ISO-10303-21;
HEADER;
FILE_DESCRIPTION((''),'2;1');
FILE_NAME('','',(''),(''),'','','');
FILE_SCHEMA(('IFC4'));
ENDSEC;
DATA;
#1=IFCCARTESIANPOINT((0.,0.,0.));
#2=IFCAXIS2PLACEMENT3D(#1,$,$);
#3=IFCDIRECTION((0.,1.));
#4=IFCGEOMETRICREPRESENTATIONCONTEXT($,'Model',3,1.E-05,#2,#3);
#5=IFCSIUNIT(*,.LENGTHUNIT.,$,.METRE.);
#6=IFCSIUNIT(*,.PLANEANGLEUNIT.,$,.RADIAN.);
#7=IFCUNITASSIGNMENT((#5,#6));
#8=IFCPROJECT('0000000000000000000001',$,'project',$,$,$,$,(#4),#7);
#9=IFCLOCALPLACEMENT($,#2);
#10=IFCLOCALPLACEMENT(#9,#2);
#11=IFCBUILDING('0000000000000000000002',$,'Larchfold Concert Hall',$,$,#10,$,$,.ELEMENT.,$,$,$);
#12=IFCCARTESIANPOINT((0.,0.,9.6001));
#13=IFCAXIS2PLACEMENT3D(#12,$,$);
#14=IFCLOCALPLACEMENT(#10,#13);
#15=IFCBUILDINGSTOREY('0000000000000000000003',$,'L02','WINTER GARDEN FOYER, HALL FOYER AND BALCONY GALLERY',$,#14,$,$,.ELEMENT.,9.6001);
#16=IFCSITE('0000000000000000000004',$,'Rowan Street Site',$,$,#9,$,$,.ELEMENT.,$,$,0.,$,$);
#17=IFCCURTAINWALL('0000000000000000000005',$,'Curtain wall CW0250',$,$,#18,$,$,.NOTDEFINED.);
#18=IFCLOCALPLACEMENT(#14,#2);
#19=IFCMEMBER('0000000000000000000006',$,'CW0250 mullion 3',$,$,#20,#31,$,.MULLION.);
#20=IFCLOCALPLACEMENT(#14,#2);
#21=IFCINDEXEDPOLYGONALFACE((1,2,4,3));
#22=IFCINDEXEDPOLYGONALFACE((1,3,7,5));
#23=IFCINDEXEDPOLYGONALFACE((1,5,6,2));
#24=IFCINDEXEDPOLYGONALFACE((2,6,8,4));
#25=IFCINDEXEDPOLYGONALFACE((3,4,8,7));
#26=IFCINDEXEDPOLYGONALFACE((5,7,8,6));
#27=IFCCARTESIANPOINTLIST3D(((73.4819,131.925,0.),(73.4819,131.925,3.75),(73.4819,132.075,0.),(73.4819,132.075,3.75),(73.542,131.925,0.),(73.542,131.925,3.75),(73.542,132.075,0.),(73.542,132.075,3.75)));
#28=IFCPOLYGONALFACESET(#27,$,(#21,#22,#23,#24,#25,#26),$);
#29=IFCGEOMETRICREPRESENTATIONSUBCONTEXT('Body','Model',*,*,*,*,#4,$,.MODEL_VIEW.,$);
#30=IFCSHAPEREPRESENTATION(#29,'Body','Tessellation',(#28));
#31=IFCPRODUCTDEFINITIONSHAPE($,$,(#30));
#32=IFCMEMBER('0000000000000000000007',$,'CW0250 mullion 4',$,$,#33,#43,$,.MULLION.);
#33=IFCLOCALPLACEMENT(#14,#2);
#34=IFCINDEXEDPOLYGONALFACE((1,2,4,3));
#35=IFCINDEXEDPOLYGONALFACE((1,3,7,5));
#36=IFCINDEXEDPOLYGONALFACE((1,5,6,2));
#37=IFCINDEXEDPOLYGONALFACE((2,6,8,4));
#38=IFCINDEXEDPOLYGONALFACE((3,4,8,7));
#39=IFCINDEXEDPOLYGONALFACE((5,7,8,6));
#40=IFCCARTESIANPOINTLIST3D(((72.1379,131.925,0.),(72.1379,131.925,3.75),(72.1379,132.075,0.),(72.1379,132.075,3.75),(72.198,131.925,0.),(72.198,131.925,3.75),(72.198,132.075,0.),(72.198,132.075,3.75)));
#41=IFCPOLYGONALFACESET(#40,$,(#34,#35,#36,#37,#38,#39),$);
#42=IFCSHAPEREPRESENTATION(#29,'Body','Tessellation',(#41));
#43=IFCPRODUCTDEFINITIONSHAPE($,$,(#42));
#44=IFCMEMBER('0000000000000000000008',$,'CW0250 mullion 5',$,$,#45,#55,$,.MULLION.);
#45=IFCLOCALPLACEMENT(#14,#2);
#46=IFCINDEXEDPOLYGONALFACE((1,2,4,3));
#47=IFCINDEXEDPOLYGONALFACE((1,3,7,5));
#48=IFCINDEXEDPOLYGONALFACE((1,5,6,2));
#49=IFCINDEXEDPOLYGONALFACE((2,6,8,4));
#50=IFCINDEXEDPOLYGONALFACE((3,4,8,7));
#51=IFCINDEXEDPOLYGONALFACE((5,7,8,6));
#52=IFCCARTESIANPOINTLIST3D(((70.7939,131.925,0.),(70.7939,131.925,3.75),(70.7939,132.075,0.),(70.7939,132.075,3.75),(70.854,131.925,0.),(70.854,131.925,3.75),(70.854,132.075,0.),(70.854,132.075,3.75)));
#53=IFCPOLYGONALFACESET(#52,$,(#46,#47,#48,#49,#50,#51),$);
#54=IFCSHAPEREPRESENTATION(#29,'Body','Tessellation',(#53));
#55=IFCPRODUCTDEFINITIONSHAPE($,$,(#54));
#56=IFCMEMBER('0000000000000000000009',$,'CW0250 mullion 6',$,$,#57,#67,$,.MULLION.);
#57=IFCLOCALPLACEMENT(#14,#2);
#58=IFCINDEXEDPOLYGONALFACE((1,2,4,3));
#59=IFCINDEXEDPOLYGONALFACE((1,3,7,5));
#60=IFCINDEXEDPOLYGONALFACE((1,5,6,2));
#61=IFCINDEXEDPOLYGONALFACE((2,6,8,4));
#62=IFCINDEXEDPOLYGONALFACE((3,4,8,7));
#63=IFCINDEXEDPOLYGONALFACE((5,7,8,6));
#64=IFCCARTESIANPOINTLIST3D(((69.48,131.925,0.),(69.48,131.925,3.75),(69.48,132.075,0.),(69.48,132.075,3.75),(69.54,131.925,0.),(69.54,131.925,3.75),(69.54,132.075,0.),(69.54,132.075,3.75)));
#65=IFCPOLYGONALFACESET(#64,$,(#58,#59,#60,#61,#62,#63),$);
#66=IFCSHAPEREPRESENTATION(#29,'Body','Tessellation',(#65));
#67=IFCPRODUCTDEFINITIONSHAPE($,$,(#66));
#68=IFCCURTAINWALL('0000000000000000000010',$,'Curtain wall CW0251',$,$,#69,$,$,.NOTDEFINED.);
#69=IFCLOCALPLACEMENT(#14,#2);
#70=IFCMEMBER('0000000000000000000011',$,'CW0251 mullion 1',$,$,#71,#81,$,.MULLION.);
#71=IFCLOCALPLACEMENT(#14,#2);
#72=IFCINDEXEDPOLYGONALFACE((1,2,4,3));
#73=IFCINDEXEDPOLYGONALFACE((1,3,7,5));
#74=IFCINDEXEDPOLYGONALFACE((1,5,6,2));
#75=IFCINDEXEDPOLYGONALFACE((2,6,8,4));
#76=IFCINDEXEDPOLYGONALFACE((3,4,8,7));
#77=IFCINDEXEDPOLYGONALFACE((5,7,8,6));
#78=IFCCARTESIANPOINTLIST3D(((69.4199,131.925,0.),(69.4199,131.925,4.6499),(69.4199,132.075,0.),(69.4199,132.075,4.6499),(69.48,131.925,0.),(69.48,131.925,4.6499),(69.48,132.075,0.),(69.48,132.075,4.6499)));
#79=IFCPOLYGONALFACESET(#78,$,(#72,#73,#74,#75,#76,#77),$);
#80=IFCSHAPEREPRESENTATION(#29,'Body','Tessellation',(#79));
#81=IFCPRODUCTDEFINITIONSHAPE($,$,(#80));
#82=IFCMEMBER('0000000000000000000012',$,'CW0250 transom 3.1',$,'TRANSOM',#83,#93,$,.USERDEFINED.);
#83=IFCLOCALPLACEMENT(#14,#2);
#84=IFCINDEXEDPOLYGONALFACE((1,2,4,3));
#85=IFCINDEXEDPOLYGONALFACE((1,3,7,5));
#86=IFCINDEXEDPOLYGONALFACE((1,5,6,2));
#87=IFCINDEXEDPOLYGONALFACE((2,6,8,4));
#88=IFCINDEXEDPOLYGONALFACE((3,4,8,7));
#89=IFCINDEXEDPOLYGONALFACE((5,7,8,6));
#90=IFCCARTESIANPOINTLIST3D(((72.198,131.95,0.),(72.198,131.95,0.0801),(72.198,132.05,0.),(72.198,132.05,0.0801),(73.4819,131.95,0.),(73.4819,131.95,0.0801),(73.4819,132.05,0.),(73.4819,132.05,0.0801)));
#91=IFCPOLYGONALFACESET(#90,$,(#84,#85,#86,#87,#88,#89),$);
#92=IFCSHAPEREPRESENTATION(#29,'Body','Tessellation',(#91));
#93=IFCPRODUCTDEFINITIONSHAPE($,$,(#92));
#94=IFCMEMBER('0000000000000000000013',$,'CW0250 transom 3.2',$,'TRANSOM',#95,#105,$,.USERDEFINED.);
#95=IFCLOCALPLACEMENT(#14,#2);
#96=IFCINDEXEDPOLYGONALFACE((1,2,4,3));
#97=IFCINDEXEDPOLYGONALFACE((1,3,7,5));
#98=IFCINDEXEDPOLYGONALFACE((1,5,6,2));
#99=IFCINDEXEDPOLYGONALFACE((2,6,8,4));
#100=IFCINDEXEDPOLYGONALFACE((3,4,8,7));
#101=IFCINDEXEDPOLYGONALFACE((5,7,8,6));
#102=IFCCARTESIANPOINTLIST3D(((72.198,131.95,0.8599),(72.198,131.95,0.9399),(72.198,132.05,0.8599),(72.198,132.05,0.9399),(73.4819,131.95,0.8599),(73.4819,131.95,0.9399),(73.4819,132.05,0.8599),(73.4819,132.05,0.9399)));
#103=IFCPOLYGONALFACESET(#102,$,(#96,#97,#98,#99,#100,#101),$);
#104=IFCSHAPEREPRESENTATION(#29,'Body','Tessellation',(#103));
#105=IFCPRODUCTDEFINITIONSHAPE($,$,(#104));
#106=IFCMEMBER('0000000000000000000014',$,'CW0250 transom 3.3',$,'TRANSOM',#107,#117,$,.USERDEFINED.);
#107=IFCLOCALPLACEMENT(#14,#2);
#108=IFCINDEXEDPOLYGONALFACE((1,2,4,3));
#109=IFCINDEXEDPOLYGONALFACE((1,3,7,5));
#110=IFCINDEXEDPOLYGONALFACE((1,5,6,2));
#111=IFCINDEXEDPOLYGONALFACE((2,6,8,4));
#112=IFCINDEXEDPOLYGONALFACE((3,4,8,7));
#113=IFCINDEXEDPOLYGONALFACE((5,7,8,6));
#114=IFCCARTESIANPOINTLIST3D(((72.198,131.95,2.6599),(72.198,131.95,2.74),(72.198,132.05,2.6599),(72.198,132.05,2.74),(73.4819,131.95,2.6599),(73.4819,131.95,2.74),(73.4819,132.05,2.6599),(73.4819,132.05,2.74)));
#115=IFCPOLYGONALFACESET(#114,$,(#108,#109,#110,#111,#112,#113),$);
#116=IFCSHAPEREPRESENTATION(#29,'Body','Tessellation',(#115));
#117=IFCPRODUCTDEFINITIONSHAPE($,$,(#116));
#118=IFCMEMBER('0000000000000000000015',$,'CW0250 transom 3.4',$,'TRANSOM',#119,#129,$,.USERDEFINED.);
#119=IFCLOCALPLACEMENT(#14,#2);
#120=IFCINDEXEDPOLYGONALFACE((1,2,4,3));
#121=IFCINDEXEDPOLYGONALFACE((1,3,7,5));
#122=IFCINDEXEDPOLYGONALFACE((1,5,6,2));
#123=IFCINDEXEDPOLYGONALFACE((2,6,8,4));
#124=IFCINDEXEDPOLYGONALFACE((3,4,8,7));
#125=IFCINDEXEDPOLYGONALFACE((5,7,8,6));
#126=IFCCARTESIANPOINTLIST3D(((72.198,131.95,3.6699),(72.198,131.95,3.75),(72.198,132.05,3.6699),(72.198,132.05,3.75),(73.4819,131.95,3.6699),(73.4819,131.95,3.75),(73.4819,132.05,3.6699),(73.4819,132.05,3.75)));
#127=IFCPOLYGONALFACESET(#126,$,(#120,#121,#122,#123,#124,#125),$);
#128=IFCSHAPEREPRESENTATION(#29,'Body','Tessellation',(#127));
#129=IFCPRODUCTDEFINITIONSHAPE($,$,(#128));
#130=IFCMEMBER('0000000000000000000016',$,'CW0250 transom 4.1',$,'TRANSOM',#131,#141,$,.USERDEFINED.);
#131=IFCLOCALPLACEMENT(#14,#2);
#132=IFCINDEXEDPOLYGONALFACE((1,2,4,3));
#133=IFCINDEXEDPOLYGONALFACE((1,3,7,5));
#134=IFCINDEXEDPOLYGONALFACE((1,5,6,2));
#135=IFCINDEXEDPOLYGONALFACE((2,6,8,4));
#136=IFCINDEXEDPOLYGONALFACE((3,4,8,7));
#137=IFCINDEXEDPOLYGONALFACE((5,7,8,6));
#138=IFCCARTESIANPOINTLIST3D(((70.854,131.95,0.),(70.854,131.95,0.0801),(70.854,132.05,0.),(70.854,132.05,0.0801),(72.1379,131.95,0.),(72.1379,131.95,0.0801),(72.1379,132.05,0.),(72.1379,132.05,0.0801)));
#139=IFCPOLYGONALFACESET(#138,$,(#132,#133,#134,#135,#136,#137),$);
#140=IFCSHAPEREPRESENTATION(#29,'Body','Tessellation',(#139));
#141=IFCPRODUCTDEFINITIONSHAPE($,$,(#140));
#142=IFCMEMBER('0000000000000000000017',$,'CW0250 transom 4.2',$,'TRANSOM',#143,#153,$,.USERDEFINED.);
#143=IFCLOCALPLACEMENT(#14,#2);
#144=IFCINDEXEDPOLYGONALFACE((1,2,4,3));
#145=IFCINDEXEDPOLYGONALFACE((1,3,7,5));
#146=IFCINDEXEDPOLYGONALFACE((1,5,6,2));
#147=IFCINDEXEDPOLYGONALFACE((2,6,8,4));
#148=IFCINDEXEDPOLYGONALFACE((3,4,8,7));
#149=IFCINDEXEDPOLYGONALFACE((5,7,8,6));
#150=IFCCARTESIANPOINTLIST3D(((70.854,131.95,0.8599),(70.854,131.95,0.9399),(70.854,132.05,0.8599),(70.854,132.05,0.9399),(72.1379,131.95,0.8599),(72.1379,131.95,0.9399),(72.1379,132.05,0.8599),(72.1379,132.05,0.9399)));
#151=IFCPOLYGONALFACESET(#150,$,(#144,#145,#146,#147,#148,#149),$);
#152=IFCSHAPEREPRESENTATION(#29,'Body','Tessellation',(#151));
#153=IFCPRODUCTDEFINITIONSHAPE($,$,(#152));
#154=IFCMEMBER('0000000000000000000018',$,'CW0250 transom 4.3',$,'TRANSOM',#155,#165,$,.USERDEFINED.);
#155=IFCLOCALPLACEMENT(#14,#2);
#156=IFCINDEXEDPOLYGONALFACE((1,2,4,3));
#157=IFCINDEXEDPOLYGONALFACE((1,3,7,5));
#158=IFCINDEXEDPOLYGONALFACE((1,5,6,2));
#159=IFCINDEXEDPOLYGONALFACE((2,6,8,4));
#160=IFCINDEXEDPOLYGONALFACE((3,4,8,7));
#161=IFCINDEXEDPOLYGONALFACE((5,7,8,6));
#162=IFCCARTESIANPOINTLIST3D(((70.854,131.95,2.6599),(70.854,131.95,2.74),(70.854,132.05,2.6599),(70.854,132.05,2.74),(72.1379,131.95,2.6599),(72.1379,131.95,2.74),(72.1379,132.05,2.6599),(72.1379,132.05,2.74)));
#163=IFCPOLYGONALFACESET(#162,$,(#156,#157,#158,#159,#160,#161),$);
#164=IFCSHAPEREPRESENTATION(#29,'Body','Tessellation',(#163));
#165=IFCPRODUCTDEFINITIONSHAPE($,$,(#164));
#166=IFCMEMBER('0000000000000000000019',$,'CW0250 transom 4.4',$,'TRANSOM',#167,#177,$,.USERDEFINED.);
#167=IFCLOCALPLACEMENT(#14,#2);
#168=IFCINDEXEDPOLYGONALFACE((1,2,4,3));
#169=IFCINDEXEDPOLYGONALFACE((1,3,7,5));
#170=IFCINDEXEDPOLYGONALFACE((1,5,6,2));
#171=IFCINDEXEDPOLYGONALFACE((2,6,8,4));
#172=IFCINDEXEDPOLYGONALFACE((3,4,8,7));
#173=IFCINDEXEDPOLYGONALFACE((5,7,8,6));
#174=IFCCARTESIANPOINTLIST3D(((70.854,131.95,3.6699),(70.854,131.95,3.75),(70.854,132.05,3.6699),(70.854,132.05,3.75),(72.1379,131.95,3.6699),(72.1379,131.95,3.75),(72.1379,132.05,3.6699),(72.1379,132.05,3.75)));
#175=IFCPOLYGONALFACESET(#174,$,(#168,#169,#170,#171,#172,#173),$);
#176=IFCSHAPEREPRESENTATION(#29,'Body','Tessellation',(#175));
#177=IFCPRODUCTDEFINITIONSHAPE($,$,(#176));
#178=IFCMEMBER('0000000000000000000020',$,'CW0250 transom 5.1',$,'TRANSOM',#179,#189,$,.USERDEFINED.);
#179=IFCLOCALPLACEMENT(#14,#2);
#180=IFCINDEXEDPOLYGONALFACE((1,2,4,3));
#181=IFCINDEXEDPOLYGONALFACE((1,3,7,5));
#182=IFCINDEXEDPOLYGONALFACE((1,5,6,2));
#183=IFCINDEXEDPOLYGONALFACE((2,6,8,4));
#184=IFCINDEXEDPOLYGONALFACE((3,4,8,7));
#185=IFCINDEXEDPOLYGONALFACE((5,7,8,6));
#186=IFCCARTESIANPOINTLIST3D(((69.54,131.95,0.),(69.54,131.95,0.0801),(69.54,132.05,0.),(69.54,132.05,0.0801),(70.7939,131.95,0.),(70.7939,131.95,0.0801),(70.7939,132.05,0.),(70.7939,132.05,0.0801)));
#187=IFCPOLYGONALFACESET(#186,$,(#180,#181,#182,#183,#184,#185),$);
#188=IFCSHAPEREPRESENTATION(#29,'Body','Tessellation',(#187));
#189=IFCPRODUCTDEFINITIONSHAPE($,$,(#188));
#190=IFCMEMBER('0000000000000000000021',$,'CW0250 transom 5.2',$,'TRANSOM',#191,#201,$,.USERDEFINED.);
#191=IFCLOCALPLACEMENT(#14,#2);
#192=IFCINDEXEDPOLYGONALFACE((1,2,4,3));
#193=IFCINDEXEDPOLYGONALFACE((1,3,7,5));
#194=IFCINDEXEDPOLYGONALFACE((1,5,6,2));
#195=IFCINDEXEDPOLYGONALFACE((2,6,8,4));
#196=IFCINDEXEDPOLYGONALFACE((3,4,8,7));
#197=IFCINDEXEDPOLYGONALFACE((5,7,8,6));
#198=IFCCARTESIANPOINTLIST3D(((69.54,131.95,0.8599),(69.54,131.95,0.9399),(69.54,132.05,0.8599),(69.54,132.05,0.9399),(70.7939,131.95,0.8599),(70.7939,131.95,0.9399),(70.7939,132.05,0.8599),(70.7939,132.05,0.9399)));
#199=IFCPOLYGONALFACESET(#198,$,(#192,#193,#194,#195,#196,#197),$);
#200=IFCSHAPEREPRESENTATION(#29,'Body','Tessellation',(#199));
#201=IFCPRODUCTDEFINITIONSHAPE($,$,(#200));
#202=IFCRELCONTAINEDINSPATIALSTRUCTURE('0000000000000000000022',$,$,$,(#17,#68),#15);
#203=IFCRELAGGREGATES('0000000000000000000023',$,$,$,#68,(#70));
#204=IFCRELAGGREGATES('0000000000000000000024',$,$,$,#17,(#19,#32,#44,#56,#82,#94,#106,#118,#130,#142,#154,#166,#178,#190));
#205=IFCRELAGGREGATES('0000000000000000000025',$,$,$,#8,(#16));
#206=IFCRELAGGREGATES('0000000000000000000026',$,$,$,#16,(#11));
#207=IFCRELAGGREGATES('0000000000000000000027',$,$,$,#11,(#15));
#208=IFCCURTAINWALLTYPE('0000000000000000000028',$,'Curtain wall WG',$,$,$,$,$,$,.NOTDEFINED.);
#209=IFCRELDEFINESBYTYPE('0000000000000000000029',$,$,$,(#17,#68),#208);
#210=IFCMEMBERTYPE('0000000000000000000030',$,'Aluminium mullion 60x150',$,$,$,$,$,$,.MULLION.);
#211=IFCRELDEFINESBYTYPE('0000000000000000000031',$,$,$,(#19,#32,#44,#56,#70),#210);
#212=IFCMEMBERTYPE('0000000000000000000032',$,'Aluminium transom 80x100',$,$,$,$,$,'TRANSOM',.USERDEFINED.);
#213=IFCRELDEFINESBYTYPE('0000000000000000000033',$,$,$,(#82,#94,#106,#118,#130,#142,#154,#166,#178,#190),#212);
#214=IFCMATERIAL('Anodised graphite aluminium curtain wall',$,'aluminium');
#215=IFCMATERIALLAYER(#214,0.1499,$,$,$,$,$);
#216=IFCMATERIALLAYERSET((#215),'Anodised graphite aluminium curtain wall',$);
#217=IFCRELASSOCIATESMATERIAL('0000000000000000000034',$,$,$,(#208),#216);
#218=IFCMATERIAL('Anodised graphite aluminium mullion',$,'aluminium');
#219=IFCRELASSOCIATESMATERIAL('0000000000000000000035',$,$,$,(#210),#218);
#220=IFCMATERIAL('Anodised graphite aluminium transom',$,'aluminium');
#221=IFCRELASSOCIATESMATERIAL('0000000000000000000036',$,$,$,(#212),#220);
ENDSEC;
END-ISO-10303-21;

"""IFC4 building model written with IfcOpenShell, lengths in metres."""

from ifc_helpers import new_model, si_unit, direction, frame, origin, origin_2d, place, context, subcontext, project, spatial, rectangle, extrude, material, layer, layer_set, material_profile, profile_set, type_object, element, aggregate, save


model = new_model("IFC4")

# Units and contexts
model_context = context("Model", 3, precision=1e-05, world=origin(), true_north=direction((0.0, 1.0)))
body_context = subcontext(model_context, "Body", "Model", "MODEL_VIEW")
ifc_project = project(units=[si_unit("LENGTHUNIT", "METRE"), si_unit("PLANEANGLEUNIT", "RADIAN")], contexts=[model_context])

# Site, building, storey
site_placement = place(None, origin())
site = spatial("IfcSite", under=ifc_project, at=site_placement, Name="Rowan Street Site", CompositionType="ELEMENT", RefElevation=0.0)
building_placement = place(site_placement, origin())
building = spatial("IfcBuilding", under=site, at=building_placement, Name="Larchfold Concert Hall", CompositionType="ELEMENT")
storey_placement = place(building_placement, frame((0.0, 0.0, 9.6001)))
storey = spatial("IfcBuildingStorey", under=building, at=storey_placement, Name="L02", Description="WINTER GARDEN FOYER, HALL FOYER AND BALCONY GALLERY", CompositionType="ELEMENT", Elevation=9.6001)

# Curtain wall, members
ifc_material_1 = material(Name="Anodised graphite aluminium curtain wall", Category="aluminium")
ifc_layer_1 = layer(ifc_material_1, 0.1499)
ifc_layer_set_1 = layer_set([ifc_layer_1], Name="Anodised graphite aluminium curtain wall")
curtain_wall_type = type_object("IfcCurtainWallType", Name="Curtain wall WG", PredefinedType="NOTDEFINED", material=ifc_layer_set_1)
curtain_wall_1_placement = place(storey_placement, origin())
curtain_wall_1 = element("IfcCurtainWall", 1, at=curtain_wall_1_placement, inside=storey, type_object=curtain_wall_type, Name="Curtain wall CW0250", PredefinedType="NOTDEFINED")
ifc_material_2 = material(Name="Anodised graphite aluminium mullion", Category="aluminium")
ifc_material_profile_1 = material_profile(ifc_material_2, rectangle(XDim=0.1499, YDim=0.0601, at=origin_2d()))
ifc_profile_set_1 = profile_set([ifc_material_profile_1], Name="Anodised graphite aluminium mullion")
member_type_1 = type_object("IfcMemberType", Name="Aluminium mullion 60x150", PredefinedType="MULLION", material=ifc_profile_set_1)
member_1_placement = place(storey_placement, frame((73.512, 132.0, 0.0), z_axis=(0.0, 0.0, 1.0), x_axis=(0.0, -1.0, 0.0)))
member_1 = element("IfcMember", 2, at=member_1_placement, type_object=member_type_1, Name="CW0250 mullion 3", PredefinedType="MULLION", context=body_context, shape_type="SweptSolid", body=[
    extrude(rectangle(XDim=0.1499, YDim=0.0601, at=origin_2d()), origin(), (0.0, 0.0, 1.0), 3.75),
])
member_2_placement = place(storey_placement, frame((72.168, 132.0, 0.0), z_axis=(0.0, 0.0, 1.0), x_axis=(0.0, -1.0, 0.0)))
member_2 = element("IfcMember", 3, at=member_2_placement, type_object=member_type_1, Name="CW0250 mullion 4", PredefinedType="MULLION", context=body_context, shape_type="SweptSolid", body=[
    extrude(rectangle(XDim=0.1499, YDim=0.0601, at=origin_2d()), origin(), (0.0, 0.0, 1.0), 3.75),
])
member_3_placement = place(storey_placement, frame((70.824, 132.0, 0.0), z_axis=(0.0, 0.0, 1.0), x_axis=(0.0, -1.0, 0.0)))
member_3 = element("IfcMember", 4, at=member_3_placement, type_object=member_type_1, Name="CW0250 mullion 5", PredefinedType="MULLION", context=body_context, shape_type="SweptSolid", body=[
    extrude(rectangle(XDim=0.1499, YDim=0.0601, at=origin_2d()), origin(), (0.0, 0.0, 1.0), 3.75),
])
member_4_placement = place(storey_placement, frame((69.51, 132.0, 0.0), z_axis=(0.0, 0.0, 1.0), x_axis=(0.0, -1.0, 0.0)))
member_4 = element("IfcMember", 5, at=member_4_placement, type_object=member_type_1, Name="CW0250 mullion 6", PredefinedType="MULLION", context=body_context, shape_type="SweptSolid", body=[
    extrude(rectangle(XDim=0.1499, YDim=0.0601, at=origin_2d()), origin(), (0.0, 0.0, 1.0), 3.75),
])

# Curtain wall, member
curtain_wall_2_placement = place(storey_placement, origin())
curtain_wall_2 = element("IfcCurtainWall", 6, at=curtain_wall_2_placement, inside=storey, type_object=curtain_wall_type, Name="Curtain wall CW0251", PredefinedType="NOTDEFINED")
member_5_placement = place(storey_placement, frame((69.45, 132.0, 0.0), z_axis=(0.0, 0.0, 1.0), x_axis=(0.0, -1.0, 0.0)))
member_5 = element("IfcMember", 7, at=member_5_placement, type_object=member_type_1, Name="CW0251 mullion 1", PredefinedType="MULLION", context=body_context, shape_type="SweptSolid", body=[
    extrude(rectangle(XDim=0.1499, YDim=0.0601, at=origin_2d()), origin(), (0.0, 0.0, 1.0), 4.6499),
])

# Members
ifc_material_3 = material(Name="Anodised graphite aluminium transom", Category="aluminium")
ifc_material_profile_2 = material_profile(ifc_material_3, rectangle(XDim=0.1001, YDim=0.0801, at=origin_2d()))
ifc_profile_set_2 = profile_set([ifc_material_profile_2], Name="Anodised graphite aluminium transom")
member_type_2 = type_object("IfcMemberType", Name="Aluminium transom 80x100", ElementType="TRANSOM", PredefinedType="USERDEFINED", material=ifc_profile_set_2)
member_6_placement = place(storey_placement, frame((73.4819, 132.0, 0.04), z_axis=(-1.0, 0.0, 0.0), x_axis=(0.0, -1.0, 0.0)))
member_6 = element("IfcMember", 8, at=member_6_placement, type_object=member_type_2, Name="CW0250 transom 3.1", ObjectType="TRANSOM", PredefinedType="USERDEFINED", context=body_context, shape_type="SweptSolid", body=[
    extrude(rectangle(XDim=0.1001, YDim=0.0801, at=origin_2d()), origin(), (0.0, 0.0, 1.0), 1.2839),
])
member_7_placement = place(storey_placement, frame((73.4819, 132.0, 0.8999), z_axis=(-1.0, 0.0, 0.0), x_axis=(0.0, -1.0, 0.0)))
member_7 = element("IfcMember", 9, at=member_7_placement, type_object=member_type_2, Name="CW0250 transom 3.2", ObjectType="TRANSOM", PredefinedType="USERDEFINED", context=body_context, shape_type="SweptSolid", body=[
    extrude(rectangle(XDim=0.1001, YDim=0.0801, at=origin_2d()), origin(), (0.0, 0.0, 1.0), 1.2839),
])
member_8_placement = place(storey_placement, frame((73.4819, 132.0, 2.7), z_axis=(-1.0, 0.0, 0.0), x_axis=(0.0, -1.0, 0.0)))
member_8 = element("IfcMember", 10, at=member_8_placement, type_object=member_type_2, Name="CW0250 transom 3.3", ObjectType="TRANSOM", PredefinedType="USERDEFINED", context=body_context, shape_type="SweptSolid", body=[
    extrude(rectangle(XDim=0.1001, YDim=0.0801, at=origin_2d()), origin(), (0.0, 0.0, 1.0), 1.2839),
])
member_9_placement = place(storey_placement, frame((73.4819, 132.0, 3.71), z_axis=(-1.0, 0.0, 0.0), x_axis=(0.0, -1.0, 0.0)))
member_9 = element("IfcMember", 11, at=member_9_placement, type_object=member_type_2, Name="CW0250 transom 3.4", ObjectType="TRANSOM", PredefinedType="USERDEFINED", context=body_context, shape_type="SweptSolid", body=[
    extrude(rectangle(XDim=0.1001, YDim=0.0801, at=origin_2d()), origin(), (0.0, 0.0, 1.0), 1.2839),
])
member_10_placement = place(storey_placement, frame((72.1379, 132.0, 0.04), z_axis=(-1.0, 0.0, 0.0), x_axis=(0.0, -1.0, 0.0)))
member_10 = element("IfcMember", 12, at=member_10_placement, type_object=member_type_2, Name="CW0250 transom 4.1", ObjectType="TRANSOM", PredefinedType="USERDEFINED", context=body_context, shape_type="SweptSolid", body=[
    extrude(rectangle(XDim=0.1001, YDim=0.0801, at=origin_2d()), origin(), (0.0, 0.0, 1.0), 1.2839),
])
member_11_placement = place(storey_placement, frame((72.1379, 132.0, 0.8999), z_axis=(-1.0, 0.0, 0.0), x_axis=(0.0, -1.0, 0.0)))
member_11 = element("IfcMember", 13, at=member_11_placement, type_object=member_type_2, Name="CW0250 transom 4.2", ObjectType="TRANSOM", PredefinedType="USERDEFINED", context=body_context, shape_type="SweptSolid", body=[
    extrude(rectangle(XDim=0.1001, YDim=0.0801, at=origin_2d()), origin(), (0.0, 0.0, 1.0), 1.2839),
])
member_12_placement = place(storey_placement, frame((72.1379, 132.0, 2.7), z_axis=(-1.0, 0.0, 0.0), x_axis=(0.0, -1.0, 0.0)))
member_12 = element("IfcMember", 14, at=member_12_placement, type_object=member_type_2, Name="CW0250 transom 4.3", ObjectType="TRANSOM", PredefinedType="USERDEFINED", context=body_context, shape_type="SweptSolid", body=[
    extrude(rectangle(XDim=0.1001, YDim=0.0801, at=origin_2d()), origin(), (0.0, 0.0, 1.0), 1.2839),
])
member_13_placement = place(storey_placement, frame((72.1379, 132.0, 3.71), z_axis=(-1.0, 0.0, 0.0), x_axis=(0.0, -1.0, 0.0)))
member_13 = element("IfcMember", 15, at=member_13_placement, type_object=member_type_2, Name="CW0250 transom 4.4", ObjectType="TRANSOM", PredefinedType="USERDEFINED", context=body_context, shape_type="SweptSolid", body=[
    extrude(rectangle(XDim=0.1001, YDim=0.0801, at=origin_2d()), origin(), (0.0, 0.0, 1.0), 1.2839),
])
member_14_placement = place(storey_placement, frame((70.7939, 132.0, 0.04), z_axis=(-1.0, 0.0, 0.0), x_axis=(0.0, -1.0, 0.0)))
member_14 = element("IfcMember", 16, at=member_14_placement, type_object=member_type_2, Name="CW0250 transom 5.1", ObjectType="TRANSOM", PredefinedType="USERDEFINED", context=body_context, shape_type="SweptSolid", body=[
    extrude(rectangle(XDim=0.1001, YDim=0.0801, at=origin_2d()), origin(), (0.0, 0.0, 1.0), 1.2539),
])
member_15_placement = place(storey_placement, frame((70.7939, 132.0, 0.8999), z_axis=(-1.0, 0.0, 0.0), x_axis=(0.0, -1.0, 0.0)))
member_15 = element("IfcMember", 17, at=member_15_placement, type_object=member_type_2, Name="CW0250 transom 5.2", ObjectType="TRANSOM", PredefinedType="USERDEFINED", context=body_context, shape_type="SweptSolid", body=[
    extrude(rectangle(XDim=0.1001, YDim=0.0801, at=origin_2d()), origin(), (0.0, 0.0, 1.0), 1.2539),
])
aggregate(curtain_wall_2, [member_5])

aggregate(curtain_wall_1, [member_1, member_2, member_3, member_4, member_6, member_7, member_8, member_9, member_10, member_11, member_12, member_13, member_14, member_15])

save(model, "model.ifc")
